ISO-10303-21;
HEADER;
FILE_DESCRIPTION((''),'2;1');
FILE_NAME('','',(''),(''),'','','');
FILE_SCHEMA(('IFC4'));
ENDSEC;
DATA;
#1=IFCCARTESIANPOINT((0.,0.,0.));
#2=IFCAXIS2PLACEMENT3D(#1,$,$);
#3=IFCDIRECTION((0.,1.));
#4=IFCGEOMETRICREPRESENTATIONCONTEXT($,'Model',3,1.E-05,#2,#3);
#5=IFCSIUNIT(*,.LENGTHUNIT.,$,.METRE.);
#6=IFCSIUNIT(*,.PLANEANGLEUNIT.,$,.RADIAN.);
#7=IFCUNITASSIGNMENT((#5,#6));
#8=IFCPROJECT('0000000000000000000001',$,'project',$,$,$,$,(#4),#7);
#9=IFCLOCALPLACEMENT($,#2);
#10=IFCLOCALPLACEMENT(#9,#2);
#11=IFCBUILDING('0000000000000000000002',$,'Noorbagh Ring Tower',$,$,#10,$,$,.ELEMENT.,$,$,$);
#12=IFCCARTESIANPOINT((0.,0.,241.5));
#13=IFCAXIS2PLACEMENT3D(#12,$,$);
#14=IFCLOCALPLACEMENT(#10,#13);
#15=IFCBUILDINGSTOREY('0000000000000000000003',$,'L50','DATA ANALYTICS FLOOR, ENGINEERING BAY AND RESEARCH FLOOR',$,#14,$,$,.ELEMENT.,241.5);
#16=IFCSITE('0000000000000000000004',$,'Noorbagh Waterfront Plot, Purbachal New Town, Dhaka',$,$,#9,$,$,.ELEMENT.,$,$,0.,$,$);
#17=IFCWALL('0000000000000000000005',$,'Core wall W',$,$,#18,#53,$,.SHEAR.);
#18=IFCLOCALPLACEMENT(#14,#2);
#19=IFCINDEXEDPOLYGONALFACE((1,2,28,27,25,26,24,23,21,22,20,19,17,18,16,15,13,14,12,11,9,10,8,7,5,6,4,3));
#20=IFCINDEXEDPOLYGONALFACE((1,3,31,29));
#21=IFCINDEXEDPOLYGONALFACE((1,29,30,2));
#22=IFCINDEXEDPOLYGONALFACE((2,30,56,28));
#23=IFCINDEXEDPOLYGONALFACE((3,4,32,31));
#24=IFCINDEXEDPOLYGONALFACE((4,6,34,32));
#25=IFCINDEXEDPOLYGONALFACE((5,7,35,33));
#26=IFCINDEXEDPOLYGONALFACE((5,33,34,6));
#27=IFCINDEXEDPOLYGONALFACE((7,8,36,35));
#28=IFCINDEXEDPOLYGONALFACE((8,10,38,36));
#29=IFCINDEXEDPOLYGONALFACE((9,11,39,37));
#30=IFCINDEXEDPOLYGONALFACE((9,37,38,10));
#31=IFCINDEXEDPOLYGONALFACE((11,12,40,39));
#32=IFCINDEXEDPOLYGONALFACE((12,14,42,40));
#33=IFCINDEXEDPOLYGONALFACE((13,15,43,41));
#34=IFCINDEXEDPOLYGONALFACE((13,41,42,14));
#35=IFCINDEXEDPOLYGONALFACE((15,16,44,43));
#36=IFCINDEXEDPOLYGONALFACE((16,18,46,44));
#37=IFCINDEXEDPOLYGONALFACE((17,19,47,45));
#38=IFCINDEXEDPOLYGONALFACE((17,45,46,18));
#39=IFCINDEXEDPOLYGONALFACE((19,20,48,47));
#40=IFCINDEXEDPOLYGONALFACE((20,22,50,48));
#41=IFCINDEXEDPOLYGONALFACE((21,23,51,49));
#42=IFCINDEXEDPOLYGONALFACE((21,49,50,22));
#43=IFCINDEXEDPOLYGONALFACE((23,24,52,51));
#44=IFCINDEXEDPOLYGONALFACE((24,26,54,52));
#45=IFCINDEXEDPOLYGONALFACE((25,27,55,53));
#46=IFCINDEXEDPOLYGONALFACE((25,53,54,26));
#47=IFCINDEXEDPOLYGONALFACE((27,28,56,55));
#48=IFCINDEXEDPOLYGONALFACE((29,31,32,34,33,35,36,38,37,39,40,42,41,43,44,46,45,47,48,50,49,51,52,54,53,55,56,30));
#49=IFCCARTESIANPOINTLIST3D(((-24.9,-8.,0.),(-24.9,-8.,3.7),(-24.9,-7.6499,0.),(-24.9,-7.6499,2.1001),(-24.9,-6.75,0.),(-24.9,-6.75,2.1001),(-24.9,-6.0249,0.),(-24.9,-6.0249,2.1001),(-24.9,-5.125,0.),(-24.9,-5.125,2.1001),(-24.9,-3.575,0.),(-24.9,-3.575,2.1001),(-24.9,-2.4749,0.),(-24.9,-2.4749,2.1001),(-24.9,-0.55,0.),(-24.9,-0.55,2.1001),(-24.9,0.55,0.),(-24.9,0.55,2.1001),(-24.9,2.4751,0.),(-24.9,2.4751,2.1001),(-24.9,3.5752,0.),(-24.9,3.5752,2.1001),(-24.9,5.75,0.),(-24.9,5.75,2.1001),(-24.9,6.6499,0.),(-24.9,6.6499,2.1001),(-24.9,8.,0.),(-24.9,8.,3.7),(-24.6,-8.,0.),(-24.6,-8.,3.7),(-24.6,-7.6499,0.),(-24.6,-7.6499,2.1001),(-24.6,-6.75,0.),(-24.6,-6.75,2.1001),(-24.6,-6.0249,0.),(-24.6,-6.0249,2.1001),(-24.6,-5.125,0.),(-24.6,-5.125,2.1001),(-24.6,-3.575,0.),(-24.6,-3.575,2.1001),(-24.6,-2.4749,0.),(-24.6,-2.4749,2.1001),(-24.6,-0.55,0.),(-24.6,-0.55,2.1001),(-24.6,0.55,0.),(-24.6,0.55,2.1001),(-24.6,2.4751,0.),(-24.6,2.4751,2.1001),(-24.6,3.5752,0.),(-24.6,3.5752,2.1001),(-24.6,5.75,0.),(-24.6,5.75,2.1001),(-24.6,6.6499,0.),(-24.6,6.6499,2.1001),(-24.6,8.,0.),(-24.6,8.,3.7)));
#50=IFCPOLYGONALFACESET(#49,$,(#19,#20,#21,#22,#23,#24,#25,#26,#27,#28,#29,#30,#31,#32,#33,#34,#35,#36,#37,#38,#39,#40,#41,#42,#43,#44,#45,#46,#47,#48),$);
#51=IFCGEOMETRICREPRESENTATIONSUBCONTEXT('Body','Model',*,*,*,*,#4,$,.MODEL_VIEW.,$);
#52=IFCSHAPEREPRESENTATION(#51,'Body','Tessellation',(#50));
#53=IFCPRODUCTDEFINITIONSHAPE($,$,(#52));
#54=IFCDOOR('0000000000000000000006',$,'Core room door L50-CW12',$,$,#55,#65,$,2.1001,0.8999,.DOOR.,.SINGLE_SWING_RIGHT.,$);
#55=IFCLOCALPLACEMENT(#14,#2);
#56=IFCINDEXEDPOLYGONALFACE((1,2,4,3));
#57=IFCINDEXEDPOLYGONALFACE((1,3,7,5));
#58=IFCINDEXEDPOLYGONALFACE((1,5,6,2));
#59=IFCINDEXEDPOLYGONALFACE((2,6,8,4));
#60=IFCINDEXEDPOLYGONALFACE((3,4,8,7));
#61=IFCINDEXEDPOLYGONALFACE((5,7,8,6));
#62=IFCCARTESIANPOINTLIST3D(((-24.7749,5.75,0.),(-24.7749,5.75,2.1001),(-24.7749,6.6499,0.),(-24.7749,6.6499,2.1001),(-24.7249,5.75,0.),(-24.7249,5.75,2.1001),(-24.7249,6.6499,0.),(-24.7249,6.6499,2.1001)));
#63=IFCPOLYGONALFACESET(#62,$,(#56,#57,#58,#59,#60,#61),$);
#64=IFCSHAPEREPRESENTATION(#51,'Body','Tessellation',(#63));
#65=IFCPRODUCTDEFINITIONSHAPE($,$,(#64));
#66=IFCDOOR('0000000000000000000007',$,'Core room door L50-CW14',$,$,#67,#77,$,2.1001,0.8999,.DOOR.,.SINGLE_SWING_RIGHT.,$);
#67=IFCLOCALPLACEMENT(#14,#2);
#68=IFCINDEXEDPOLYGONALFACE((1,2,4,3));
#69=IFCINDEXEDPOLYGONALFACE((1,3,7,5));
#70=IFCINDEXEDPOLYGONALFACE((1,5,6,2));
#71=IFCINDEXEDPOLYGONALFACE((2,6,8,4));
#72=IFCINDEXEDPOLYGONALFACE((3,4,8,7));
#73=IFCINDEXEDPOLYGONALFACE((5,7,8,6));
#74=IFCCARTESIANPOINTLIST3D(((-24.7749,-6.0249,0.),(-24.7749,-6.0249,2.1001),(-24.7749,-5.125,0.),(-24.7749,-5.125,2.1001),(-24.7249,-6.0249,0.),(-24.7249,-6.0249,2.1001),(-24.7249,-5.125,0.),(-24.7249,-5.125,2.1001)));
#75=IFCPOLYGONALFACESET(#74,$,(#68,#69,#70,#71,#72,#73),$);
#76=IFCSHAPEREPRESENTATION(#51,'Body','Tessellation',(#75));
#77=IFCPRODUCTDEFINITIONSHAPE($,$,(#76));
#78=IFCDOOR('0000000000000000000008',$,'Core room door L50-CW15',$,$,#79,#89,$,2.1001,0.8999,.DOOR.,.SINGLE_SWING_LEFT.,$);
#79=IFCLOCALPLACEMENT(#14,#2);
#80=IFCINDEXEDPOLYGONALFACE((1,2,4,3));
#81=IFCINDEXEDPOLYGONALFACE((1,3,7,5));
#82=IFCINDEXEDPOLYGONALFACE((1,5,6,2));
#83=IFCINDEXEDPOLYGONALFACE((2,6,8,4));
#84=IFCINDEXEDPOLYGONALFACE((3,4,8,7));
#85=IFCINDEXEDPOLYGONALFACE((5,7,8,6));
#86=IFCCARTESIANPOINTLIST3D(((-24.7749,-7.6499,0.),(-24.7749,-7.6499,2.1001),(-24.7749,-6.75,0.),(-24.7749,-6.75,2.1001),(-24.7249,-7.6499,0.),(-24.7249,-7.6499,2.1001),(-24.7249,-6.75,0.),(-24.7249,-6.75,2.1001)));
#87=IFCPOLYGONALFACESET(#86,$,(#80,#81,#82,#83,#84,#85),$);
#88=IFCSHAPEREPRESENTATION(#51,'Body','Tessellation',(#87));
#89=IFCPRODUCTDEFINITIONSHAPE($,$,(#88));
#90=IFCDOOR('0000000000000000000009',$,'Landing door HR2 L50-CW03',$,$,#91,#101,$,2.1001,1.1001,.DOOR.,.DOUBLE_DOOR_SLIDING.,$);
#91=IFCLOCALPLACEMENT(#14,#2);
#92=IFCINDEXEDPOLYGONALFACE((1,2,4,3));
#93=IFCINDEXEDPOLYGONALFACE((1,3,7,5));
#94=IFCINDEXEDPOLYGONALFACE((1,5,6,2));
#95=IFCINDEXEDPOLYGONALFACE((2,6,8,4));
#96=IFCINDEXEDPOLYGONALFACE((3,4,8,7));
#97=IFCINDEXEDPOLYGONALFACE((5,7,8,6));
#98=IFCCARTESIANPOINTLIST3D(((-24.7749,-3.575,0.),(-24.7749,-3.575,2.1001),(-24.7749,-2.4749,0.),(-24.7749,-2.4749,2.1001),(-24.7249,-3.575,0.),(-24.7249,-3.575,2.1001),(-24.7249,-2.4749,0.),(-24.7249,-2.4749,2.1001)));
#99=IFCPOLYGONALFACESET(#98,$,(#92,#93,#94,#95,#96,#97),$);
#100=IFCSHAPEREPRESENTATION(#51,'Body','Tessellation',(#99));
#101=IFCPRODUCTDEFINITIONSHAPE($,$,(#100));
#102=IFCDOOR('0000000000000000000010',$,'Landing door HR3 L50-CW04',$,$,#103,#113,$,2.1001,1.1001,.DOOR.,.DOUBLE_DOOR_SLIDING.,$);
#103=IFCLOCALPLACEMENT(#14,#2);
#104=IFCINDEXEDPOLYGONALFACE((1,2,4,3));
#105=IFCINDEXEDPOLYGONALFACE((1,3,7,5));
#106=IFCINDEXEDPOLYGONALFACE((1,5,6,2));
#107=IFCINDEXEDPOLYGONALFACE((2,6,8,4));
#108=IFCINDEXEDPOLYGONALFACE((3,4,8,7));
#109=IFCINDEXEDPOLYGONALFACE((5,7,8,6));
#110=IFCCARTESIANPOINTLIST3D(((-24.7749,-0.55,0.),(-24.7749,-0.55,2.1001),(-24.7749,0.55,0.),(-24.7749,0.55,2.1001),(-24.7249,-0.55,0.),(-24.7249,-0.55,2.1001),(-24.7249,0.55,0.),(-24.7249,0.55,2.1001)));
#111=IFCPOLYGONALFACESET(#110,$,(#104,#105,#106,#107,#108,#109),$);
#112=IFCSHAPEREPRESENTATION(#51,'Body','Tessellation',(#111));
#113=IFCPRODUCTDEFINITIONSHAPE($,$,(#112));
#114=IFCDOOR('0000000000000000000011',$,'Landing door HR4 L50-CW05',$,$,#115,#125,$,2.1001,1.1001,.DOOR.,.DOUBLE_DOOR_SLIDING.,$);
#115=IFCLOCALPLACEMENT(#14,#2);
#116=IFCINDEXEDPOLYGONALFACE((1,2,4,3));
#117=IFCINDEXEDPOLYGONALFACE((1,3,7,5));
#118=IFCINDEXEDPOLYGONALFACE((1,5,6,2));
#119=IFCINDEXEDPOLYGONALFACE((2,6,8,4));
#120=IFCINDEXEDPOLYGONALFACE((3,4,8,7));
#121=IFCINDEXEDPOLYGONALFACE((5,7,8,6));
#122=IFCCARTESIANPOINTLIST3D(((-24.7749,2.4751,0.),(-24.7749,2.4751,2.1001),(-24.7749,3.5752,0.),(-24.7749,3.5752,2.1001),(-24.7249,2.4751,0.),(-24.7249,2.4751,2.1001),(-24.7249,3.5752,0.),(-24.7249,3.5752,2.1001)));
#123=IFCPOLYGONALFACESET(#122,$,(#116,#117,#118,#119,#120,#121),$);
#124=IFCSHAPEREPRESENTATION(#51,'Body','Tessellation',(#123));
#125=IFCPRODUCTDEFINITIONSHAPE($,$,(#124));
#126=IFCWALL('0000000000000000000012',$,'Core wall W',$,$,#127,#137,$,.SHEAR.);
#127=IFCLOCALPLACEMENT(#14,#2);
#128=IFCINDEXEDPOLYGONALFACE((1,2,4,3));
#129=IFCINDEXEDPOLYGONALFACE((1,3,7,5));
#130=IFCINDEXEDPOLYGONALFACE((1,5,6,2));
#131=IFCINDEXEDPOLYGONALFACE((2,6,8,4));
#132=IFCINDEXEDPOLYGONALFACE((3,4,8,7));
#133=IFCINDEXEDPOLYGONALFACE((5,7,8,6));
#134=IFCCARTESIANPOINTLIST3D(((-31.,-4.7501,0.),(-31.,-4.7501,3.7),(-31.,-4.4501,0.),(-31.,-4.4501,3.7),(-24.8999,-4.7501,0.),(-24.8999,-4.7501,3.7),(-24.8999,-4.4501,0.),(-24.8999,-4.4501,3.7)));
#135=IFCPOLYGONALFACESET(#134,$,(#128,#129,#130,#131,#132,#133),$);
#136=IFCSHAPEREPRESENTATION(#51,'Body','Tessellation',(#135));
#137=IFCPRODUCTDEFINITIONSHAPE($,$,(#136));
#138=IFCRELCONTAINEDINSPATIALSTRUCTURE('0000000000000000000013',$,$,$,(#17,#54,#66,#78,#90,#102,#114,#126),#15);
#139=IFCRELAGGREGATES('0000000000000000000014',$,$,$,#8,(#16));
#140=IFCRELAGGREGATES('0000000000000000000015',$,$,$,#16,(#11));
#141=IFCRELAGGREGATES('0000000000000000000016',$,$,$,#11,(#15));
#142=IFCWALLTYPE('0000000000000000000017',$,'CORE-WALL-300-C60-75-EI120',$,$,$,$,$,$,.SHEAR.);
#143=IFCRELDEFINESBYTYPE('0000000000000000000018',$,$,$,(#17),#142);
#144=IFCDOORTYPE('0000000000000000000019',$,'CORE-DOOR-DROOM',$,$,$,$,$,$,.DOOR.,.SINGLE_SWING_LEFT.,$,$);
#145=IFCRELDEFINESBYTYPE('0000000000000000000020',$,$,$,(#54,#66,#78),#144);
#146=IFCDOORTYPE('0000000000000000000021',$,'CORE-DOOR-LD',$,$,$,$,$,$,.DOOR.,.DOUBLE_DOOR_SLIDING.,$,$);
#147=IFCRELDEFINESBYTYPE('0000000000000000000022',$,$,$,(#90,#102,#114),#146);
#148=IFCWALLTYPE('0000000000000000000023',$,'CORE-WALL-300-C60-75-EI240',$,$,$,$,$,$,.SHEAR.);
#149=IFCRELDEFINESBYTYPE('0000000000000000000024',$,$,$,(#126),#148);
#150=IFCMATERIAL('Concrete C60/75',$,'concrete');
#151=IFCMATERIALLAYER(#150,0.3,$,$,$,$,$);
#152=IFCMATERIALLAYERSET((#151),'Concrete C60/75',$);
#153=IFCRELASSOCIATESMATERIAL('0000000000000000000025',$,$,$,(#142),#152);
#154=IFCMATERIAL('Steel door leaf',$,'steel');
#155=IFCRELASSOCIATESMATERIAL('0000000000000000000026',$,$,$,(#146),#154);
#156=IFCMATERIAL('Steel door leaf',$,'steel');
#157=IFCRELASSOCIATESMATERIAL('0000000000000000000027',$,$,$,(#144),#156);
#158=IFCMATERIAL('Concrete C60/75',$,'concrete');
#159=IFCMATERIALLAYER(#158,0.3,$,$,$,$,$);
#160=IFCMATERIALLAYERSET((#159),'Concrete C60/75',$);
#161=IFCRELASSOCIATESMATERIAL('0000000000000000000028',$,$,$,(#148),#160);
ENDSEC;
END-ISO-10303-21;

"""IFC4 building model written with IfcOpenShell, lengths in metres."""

from ifc_helpers import new_model, si_unit, direction, frame, frame_2d, origin, place, context, subcontext, project, spatial, rectangle, extrude, material, layer, layer_set, type_object, element, fill, save


model = new_model("IFC4")

# Units and contexts
model_context = context("Model", 3, precision=1e-05, world=origin(), true_north=direction((0.0, 1.0)))
body_context = subcontext(model_context, "Body", "Model", "MODEL_VIEW")
ifc_project = project(units=[si_unit("LENGTHUNIT", "METRE"), si_unit("PLANEANGLEUNIT", "RADIAN")], contexts=[model_context])

# Site, building, storey
site_placement = place(None, origin())
site = spatial("IfcSite", under=ifc_project, at=site_placement, Name="Noorbagh Waterfront Plot, Purbachal New Town, Dhaka", CompositionType="ELEMENT", RefElevation=0.0)
building_placement = place(site_placement, origin())
building = spatial("IfcBuilding", under=site, at=building_placement, Name="Noorbagh Ring Tower", CompositionType="ELEMENT")
storey_placement = place(building_placement, frame((0.0, 0.0, 241.5)))
storey = spatial("IfcBuildingStorey", under=building, at=storey_placement, Name="L50", Description="DATA ANALYTICS FLOOR, ENGINEERING BAY AND RESEARCH FLOOR", CompositionType="ELEMENT", Elevation=241.5)

# Shared definitions
ifc_material_1 = material(Name="Concrete C60/75", Category="concrete")
ifc_layer_1 = layer(ifc_material_1, 0.3)
ifc_layer_set_1 = layer_set([ifc_layer_1], Name="Concrete C60/75")
wall_type_1 = type_object("IfcWallType", Name="CORE-WALL-300-C60-75-EI120", PredefinedType="SHEAR", material=ifc_layer_set_1)

# Wall, openings, doors
ifc_material_2 = material(Name="Steel door leaf", Category="steel")
door_type_1 = type_object("IfcDoorType", Name="CORE-DOOR-LD", OperationType="DOUBLE_DOOR_SLIDING", PredefinedType="DOOR", material=ifc_material_2)
wall_1_placement = place(storey_placement, frame((-24.75, -8.0, 0.0), z_axis=(0.0, 0.0, 1.0), x_axis=(0.0, 1.0, 0.0)))
wall_1 = element("IfcWall", 1, at=wall_1_placement, inside=storey, type_object=wall_type_1, Name="Core wall W", PredefinedType="SHEAR", context=body_context, shape_type="SweptSolid", body=[
    extrude(rectangle(XDim=16.0, YDim=0.3, at=frame_2d((8.0, 0.0))), origin(), (0.0, 0.0, 1.0), 3.7),
])
opening_1_placement = place(wall_1_placement, frame((4.425, 0.0, 0.0)))
opening_1 = element("IfcOpeningElement", 2, at=opening_1_placement, cuts=wall_1, PredefinedType="OPENING", context=body_context, shape_type="SweptSolid", body=[
    extrude(rectangle(XDim=1.1001, YDim=2.1001, at=frame_2d((0.55, 1.05))), frame((0.0, 0.1602, 0.0), z_axis=(0.0, -1.0, 0.0), x_axis=(1.0, 0.0, 0.0)), (0.0, 0.0, 1.0), 0.3201),
])
opening_2_placement = place(wall_1_placement, frame((7.45, 0.0, 0.0)))
opening_2 = element("IfcOpeningElement", 3, at=opening_2_placement, cuts=wall_1, PredefinedType="OPENING", context=body_context, shape_type="SweptSolid", body=[
    extrude(rectangle(XDim=1.1001, YDim=2.1001, at=frame_2d((0.55, 1.05))), frame((0.0, 0.1602, 0.0), z_axis=(0.0, -1.0, 0.0), x_axis=(1.0, 0.0, 0.0)), (0.0, 0.0, 1.0), 0.3201),
])
opening_3_placement = place(wall_1_placement, frame((10.4751, 0.0, 0.0)))
opening_3 = element("IfcOpeningElement", 4, at=opening_3_placement, cuts=wall_1, PredefinedType="OPENING", context=body_context, shape_type="SweptSolid", body=[
    extrude(rectangle(XDim=1.1001, YDim=2.1001, at=frame_2d((0.55, 1.05))), frame((0.0, 0.1602, 0.0), z_axis=(0.0, -1.0, 0.0), x_axis=(1.0, 0.0, 0.0)), (0.0, 0.0, 1.0), 0.3201),
])
opening_4_placement = place(wall_1_placement, frame((13.75, 0.0, 0.0)))
opening_4 = element("IfcOpeningElement", 5, at=opening_4_placement, cuts=wall_1, PredefinedType="OPENING", context=body_context, shape_type="SweptSolid", body=[
    extrude(rectangle(XDim=0.8999, YDim=2.1001, at=frame_2d((0.45, 1.05))), frame((0.0, 0.1602, 0.0), z_axis=(0.0, -1.0, 0.0), x_axis=(1.0, 0.0, 0.0)), (0.0, 0.0, 1.0), 0.3201),
])
opening_5_placement = place(wall_1_placement, frame((1.9751, 0.0, 0.0)))
opening_5 = element("IfcOpeningElement", 6, at=opening_5_placement, cuts=wall_1, PredefinedType="OPENING", context=body_context, shape_type="SweptSolid", body=[
    extrude(rectangle(XDim=0.8999, YDim=2.1001, at=frame_2d((0.45, 1.05))), frame((0.0, 0.1602, 0.0), z_axis=(0.0, -1.0, 0.0), x_axis=(1.0, 0.0, 0.0)), (0.0, 0.0, 1.0), 0.3201),
])
opening_6_placement = place(wall_1_placement, frame((0.3501, 0.0, 0.0)))
opening_6 = element("IfcOpeningElement", 7, at=opening_6_placement, cuts=wall_1, PredefinedType="OPENING", context=body_context, shape_type="SweptSolid", body=[
    extrude(rectangle(XDim=0.8999, YDim=2.1001, at=frame_2d((0.45, 1.05))), frame((0.0, 0.1602, 0.0), z_axis=(0.0, -1.0, 0.0), x_axis=(1.0, 0.0, 0.0)), (0.0, 0.0, 1.0), 0.3201),
])
ifc_material_3 = material(Name="Steel door leaf", Category="steel")
door_type_2 = type_object("IfcDoorType", Name="CORE-DOOR-DROOM", OperationType="SINGLE_SWING_LEFT", PredefinedType="DOOR", material=ifc_material_3)
door_1_placement = place(opening_4_placement, origin())
door_1 = element("IfcDoor", 8, at=door_1_placement, inside=storey, type_object=door_type_2, Name="Core room door L50-CW12", OperationType="SINGLE_SWING_RIGHT", OverallHeight=2.1001, OverallWidth=0.8999, PredefinedType="DOOR", context=body_context, shape_type="SweptSolid", body=[
    extrude(rectangle(XDim=0.8999, YDim=2.1001, at=frame_2d((0.45, 1.05))), frame((0.0, 0.0249, 0.0), z_axis=(0.0, -1.0, 0.0), x_axis=(1.0, 0.0, 0.0)), (0.0, 0.0, 1.0), 0.05),
])
fill(opening_4, door_1)
door_2_placement = place(opening_5_placement, origin())
door_2 = element("IfcDoor", 9, at=door_2_placement, inside=storey, type_object=door_type_2, Name="Core room door L50-CW14", OperationType="SINGLE_SWING_RIGHT", OverallHeight=2.1001, OverallWidth=0.8999, PredefinedType="DOOR", context=body_context, shape_type="SweptSolid", body=[
    extrude(rectangle(XDim=0.8999, YDim=2.1001, at=frame_2d((0.45, 1.05))), frame((0.0, 0.0249, 0.0), z_axis=(0.0, -1.0, 0.0), x_axis=(1.0, 0.0, 0.0)), (0.0, 0.0, 1.0), 0.05),
])
fill(opening_5, door_2)
door_3_placement = place(opening_6_placement, origin())
door_3 = element("IfcDoor", 10, at=door_3_placement, inside=storey, type_object=door_type_2, Name="Core room door L50-CW15", OperationType="SINGLE_SWING_LEFT", OverallHeight=2.1001, OverallWidth=0.8999, PredefinedType="DOOR", context=body_context, shape_type="SweptSolid", body=[
    extrude(rectangle(XDim=0.8999, YDim=2.1001, at=frame_2d((0.45, 1.05))), frame((0.0, 0.0249, 0.0), z_axis=(0.0, -1.0, 0.0), x_axis=(1.0, 0.0, 0.0)), (0.0, 0.0, 1.0), 0.05),
])
fill(opening_6, door_3)
door_4_placement = place(opening_1_placement, origin())
door_4 = element("IfcDoor", 11, at=door_4_placement, inside=storey, type_object=door_type_1, Name="Landing door HR2 L50-CW03", OperationType="DOUBLE_DOOR_SLIDING", OverallHeight=2.1001, OverallWidth=1.1001, PredefinedType="DOOR", context=body_context, shape_type="SweptSolid", body=[
    extrude(rectangle(XDim=1.1001, YDim=2.1001, at=frame_2d((0.55, 1.05))), frame((0.0, 0.0249, 0.0), z_axis=(0.0, -1.0, 0.0), x_axis=(1.0, 0.0, 0.0)), (0.0, 0.0, 1.0), 0.05),
])
fill(opening_1, door_4)
door_5_placement = place(opening_2_placement, origin())
door_5 = element("IfcDoor", 12, at=door_5_placement, inside=storey, type_object=door_type_1, Name="Landing door HR3 L50-CW04", OperationType="DOUBLE_DOOR_SLIDING", OverallHeight=2.1001, OverallWidth=1.1001, PredefinedType="DOOR", context=body_context, shape_type="SweptSolid", body=[
    extrude(rectangle(XDim=1.1001, YDim=2.1001, at=frame_2d((0.55, 1.05))), frame((0.0, 0.0249, 0.0), z_axis=(0.0, -1.0, 0.0), x_axis=(1.0, 0.0, 0.0)), (0.0, 0.0, 1.0), 0.05),
])
fill(opening_2, door_5)
door_6_placement = place(opening_3_placement, origin())
door_6 = element("IfcDoor", 13, at=door_6_placement, inside=storey, type_object=door_type_1, Name="Landing door HR4 L50-CW05", OperationType="DOUBLE_DOOR_SLIDING", OverallHeight=2.1001, OverallWidth=1.1001, PredefinedType="DOOR", context=body_context, shape_type="SweptSolid", body=[
    extrude(rectangle(XDim=1.1001, YDim=2.1001, at=frame_2d((0.55, 1.05))), frame((0.0, 0.0249, 0.0), z_axis=(0.0, -1.0, 0.0), x_axis=(1.0, 0.0, 0.0)), (0.0, 0.0, 1.0), 0.05),
])
fill(opening_3, door_6)

# Wall
ifc_material_4 = material(Name="Concrete C60/75", Category="concrete")
ifc_layer_2 = layer(ifc_material_4, 0.3)
ifc_layer_set_2 = layer_set([ifc_layer_2], Name="Concrete C60/75")
wall_type_2 = type_object("IfcWallType", Name="CORE-WALL-300-C60-75-EI240", PredefinedType="SHEAR", material=ifc_layer_set_2)
wall_2_placement = place(storey_placement, frame((-24.8999, -4.6001, 0.0), z_axis=(0.0, 0.0, 1.0), x_axis=(-1.0, 0.0, 0.0)))
element("IfcWall", 14, at=wall_2_placement, inside=storey, type_object=wall_type_2, Name="Core wall W", PredefinedType="SHEAR", context=body_context, shape_type="SweptSolid", body=[
    extrude(rectangle(XDim=6.1001, YDim=0.3, at=frame_2d((3.05, 0.0))), origin(), (0.0, 0.0, 1.0), 3.7),
])

save(model, "model.ifc")
